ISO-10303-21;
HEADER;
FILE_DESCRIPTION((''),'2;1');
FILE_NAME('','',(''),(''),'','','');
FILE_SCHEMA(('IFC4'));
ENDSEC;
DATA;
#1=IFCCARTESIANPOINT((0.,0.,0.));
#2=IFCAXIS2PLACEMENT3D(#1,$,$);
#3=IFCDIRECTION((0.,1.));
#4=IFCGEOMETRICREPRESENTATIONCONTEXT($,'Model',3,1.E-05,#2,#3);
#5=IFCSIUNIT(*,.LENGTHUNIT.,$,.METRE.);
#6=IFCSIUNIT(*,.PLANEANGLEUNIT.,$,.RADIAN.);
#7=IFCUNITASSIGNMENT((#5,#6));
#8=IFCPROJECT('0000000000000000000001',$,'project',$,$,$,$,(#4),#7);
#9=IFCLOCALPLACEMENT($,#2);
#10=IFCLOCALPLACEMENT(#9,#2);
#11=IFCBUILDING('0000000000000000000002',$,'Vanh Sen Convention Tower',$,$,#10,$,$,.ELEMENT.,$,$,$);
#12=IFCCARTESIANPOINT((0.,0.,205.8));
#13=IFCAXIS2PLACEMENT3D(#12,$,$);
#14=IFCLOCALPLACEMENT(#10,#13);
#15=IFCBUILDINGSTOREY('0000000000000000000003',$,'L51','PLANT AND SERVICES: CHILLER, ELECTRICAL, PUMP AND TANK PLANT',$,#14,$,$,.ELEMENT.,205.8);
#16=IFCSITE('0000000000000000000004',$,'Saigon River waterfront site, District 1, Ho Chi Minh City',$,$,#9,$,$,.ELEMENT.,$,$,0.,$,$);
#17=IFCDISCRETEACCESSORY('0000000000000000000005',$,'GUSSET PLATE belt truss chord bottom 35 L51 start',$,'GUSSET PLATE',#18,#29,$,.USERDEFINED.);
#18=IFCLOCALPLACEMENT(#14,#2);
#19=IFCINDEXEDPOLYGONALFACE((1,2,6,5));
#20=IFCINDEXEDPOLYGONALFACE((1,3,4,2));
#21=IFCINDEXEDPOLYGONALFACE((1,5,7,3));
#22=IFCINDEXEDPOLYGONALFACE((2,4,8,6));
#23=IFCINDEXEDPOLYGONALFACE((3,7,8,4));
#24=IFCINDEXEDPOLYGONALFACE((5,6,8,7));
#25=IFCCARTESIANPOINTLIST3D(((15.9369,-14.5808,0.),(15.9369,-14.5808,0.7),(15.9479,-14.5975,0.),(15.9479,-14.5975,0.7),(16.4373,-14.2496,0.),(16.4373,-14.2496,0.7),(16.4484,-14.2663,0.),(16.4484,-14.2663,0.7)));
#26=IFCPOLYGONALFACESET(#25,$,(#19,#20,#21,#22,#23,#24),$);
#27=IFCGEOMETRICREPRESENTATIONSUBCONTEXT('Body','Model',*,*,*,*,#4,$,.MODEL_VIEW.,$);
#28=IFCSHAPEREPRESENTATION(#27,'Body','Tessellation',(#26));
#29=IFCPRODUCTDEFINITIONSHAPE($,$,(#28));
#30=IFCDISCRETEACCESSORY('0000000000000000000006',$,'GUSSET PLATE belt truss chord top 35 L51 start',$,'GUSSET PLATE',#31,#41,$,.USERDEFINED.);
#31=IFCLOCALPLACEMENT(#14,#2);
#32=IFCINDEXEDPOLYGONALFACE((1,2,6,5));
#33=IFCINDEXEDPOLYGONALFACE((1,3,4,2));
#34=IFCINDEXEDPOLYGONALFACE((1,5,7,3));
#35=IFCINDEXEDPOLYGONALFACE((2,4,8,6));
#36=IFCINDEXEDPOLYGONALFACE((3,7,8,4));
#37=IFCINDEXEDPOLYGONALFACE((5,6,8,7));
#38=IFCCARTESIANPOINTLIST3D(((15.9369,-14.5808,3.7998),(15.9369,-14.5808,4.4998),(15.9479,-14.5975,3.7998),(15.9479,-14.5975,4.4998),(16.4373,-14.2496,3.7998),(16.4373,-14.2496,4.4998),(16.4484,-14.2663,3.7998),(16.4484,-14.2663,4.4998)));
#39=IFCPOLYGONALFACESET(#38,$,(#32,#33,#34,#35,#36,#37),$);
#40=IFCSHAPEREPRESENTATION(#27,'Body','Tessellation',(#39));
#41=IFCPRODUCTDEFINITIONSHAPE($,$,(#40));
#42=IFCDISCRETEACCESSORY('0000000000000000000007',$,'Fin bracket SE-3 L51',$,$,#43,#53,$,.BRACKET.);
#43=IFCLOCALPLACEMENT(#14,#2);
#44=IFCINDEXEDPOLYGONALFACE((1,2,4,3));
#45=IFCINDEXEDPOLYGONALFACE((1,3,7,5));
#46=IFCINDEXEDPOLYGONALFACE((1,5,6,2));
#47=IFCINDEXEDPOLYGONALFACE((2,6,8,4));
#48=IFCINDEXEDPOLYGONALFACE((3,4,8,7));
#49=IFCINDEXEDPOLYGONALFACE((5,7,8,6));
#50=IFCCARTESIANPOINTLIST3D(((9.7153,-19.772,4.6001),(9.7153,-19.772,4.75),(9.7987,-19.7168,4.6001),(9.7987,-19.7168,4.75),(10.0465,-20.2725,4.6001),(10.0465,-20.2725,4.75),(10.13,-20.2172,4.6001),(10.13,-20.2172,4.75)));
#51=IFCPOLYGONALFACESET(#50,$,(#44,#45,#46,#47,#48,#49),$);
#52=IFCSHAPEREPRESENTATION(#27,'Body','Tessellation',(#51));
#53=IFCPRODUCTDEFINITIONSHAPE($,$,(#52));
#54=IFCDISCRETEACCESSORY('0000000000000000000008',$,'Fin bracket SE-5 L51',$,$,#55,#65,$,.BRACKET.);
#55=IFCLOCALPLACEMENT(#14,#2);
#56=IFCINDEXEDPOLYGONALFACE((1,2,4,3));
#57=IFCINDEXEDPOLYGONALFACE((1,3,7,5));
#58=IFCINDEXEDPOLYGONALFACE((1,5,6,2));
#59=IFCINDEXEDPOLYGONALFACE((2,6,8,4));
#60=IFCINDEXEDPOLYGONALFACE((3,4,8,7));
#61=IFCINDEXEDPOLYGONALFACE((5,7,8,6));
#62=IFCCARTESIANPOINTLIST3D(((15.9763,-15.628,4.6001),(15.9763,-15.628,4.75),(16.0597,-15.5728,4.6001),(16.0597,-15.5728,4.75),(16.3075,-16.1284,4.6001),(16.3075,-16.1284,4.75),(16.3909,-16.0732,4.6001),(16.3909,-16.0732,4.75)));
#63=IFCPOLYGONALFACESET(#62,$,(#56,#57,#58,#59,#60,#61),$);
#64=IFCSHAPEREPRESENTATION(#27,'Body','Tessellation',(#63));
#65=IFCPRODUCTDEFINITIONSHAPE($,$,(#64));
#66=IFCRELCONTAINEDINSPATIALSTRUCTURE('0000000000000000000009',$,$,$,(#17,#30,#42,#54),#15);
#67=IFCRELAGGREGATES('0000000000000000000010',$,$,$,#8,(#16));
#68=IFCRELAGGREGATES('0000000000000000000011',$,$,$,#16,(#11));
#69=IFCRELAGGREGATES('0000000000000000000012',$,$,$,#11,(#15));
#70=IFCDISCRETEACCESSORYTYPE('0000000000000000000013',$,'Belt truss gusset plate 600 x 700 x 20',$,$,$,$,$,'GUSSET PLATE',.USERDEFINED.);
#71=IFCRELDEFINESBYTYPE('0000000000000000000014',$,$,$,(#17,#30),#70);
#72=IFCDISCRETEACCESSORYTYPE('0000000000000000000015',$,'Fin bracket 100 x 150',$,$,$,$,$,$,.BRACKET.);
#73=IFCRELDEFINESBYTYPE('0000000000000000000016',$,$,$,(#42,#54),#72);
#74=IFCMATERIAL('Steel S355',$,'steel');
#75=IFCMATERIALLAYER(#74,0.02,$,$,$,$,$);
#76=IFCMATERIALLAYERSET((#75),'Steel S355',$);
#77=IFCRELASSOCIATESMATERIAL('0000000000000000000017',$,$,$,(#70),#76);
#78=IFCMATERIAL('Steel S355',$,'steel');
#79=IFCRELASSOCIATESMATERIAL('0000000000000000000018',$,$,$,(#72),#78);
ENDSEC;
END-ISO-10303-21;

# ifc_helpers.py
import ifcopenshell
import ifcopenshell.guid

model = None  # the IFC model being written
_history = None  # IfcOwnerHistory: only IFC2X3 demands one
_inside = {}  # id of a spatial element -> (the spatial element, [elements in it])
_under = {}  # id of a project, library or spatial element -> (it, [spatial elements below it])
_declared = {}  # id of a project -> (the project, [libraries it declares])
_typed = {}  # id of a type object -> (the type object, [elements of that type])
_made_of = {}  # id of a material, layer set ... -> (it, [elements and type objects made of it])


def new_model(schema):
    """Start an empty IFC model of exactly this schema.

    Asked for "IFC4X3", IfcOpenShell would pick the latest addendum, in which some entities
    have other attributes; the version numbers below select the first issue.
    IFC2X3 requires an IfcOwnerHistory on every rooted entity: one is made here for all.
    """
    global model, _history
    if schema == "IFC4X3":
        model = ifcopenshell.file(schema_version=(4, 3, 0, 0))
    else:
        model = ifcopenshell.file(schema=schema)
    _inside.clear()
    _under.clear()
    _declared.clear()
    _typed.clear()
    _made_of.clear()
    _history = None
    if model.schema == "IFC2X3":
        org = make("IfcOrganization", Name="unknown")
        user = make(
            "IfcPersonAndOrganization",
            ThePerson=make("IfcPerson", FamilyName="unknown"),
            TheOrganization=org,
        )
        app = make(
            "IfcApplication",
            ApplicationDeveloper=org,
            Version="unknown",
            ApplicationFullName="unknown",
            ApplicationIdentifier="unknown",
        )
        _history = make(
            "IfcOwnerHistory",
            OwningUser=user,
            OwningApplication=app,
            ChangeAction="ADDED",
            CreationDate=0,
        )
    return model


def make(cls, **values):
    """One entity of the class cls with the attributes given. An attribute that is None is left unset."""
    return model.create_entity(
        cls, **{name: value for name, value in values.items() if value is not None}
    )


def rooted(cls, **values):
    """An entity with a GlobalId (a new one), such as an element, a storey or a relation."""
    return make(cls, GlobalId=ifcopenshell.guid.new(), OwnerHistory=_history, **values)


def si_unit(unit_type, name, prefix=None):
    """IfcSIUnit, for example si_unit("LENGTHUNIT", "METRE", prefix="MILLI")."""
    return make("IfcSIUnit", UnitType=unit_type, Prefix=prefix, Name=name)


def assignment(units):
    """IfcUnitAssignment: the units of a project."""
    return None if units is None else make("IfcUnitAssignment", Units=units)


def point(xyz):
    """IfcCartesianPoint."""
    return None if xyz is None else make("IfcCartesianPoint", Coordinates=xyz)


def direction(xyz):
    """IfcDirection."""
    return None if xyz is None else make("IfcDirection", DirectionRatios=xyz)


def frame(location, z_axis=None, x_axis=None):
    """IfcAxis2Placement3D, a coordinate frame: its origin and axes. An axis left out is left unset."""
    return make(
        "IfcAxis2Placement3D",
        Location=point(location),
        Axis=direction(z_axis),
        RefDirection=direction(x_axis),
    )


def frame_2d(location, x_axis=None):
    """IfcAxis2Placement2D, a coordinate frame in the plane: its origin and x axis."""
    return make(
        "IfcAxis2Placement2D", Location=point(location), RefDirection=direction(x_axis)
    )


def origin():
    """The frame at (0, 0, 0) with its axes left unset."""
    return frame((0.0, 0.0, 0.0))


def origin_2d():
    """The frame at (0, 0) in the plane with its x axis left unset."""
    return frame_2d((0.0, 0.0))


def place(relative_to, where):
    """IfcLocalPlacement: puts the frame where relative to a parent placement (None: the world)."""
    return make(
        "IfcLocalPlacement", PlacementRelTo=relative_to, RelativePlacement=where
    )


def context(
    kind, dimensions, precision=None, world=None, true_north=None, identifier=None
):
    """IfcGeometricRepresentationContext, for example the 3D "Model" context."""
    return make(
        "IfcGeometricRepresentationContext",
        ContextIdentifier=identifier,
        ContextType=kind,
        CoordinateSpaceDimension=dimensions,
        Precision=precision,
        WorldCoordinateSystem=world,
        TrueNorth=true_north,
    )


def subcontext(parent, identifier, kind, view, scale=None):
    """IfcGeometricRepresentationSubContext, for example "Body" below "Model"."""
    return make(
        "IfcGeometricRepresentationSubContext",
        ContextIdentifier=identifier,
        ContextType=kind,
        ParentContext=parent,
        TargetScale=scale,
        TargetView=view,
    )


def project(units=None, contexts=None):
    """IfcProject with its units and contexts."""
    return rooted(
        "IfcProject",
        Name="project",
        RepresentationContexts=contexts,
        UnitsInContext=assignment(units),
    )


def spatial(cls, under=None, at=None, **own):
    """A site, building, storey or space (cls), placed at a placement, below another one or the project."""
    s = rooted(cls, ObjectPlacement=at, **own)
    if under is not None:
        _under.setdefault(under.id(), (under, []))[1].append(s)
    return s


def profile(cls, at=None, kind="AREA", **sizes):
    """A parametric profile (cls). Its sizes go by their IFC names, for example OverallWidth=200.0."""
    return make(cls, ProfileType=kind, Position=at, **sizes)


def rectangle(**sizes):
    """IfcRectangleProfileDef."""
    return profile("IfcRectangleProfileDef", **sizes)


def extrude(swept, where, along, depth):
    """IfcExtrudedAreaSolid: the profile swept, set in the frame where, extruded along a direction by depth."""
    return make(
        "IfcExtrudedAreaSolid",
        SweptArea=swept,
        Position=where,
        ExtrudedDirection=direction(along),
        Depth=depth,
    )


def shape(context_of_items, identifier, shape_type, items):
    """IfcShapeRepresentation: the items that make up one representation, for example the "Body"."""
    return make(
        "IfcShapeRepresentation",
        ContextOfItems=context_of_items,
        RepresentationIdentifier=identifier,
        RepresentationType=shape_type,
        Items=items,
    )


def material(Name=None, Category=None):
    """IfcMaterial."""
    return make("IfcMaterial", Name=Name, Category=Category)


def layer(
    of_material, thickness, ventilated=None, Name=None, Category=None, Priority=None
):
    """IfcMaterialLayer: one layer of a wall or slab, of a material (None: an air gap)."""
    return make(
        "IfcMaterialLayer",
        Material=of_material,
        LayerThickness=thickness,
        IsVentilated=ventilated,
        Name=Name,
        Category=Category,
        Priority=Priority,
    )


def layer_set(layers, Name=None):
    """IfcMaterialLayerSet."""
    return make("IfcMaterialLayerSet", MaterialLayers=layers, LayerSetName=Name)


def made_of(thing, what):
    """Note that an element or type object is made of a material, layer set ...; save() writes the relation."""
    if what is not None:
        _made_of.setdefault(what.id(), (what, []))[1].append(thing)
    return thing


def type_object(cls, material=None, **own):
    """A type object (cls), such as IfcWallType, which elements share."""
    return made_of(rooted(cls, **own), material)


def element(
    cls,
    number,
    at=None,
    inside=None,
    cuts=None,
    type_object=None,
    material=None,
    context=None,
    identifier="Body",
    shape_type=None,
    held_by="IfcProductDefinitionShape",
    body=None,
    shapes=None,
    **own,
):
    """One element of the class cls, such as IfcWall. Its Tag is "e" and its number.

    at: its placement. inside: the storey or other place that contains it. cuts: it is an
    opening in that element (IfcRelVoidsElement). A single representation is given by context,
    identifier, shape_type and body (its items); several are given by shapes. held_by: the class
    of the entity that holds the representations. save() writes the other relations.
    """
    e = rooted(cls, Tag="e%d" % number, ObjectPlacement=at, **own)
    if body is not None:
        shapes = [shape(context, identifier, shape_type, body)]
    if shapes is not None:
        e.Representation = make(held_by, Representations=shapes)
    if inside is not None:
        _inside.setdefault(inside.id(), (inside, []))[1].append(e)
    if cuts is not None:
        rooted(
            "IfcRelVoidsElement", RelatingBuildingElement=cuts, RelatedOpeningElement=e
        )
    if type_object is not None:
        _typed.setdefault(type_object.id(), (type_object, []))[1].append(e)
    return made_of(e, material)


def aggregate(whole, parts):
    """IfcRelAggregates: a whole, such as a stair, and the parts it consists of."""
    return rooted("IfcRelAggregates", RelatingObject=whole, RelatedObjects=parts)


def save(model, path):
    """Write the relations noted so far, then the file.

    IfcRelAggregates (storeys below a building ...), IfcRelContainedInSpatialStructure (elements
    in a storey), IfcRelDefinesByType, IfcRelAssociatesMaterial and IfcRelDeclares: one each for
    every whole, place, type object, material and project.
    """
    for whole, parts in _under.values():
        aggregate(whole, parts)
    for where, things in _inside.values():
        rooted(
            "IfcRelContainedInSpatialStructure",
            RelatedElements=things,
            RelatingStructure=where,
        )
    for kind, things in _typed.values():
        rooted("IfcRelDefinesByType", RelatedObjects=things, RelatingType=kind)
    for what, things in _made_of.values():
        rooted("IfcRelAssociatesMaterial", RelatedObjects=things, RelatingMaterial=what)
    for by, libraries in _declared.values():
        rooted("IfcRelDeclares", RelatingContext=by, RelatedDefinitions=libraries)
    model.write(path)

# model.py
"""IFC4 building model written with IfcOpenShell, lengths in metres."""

from ifc_helpers import new_model, si_unit, direction, frame, origin, origin_2d, place, context, subcontext, project, spatial, rectangle, extrude, material, layer, layer_set, type_object, element, save


model = new_model("IFC4")

# Units and contexts
model_context = context("Model", 3, precision=1e-05, world=origin(), true_north=direction((0.0, 1.0)))
body_context = subcontext(model_context, "Body", "Model", "MODEL_VIEW")
ifc_project = project(units=[si_unit("LENGTHUNIT", "METRE"), si_unit("PLANEANGLEUNIT", "RADIAN")], contexts=[model_context])

# Site, building, storey
site_placement = place(None, origin())
site = spatial("IfcSite", under=ifc_project, at=site_placement, Name="Saigon River waterfront site, District 1, Ho Chi Minh City", CompositionType="ELEMENT", RefElevation=0.0)
building_placement = place(site_placement, origin())
building = spatial("IfcBuilding", under=site, at=building_placement, Name="Vanh Sen Convention Tower", CompositionType="ELEMENT")
storey_placement = place(building_placement, frame((0.0, 0.0, 205.8)))
storey = spatial("IfcBuildingStorey", under=building, at=storey_placement, Name="L51", Description="PLANT AND SERVICES: CHILLER, ELECTRICAL, PUMP AND TANK PLANT", CompositionType="ELEMENT", Elevation=205.8)

# Shared definitions
ifc_material_1 = material(Name="Steel S355", Category="steel")

# Discrete accessories
ifc_layer_1 = layer(ifc_material_1, 0.02)
ifc_layer_set_1 = layer_set([ifc_layer_1], Name="Steel S355")
discrete_accessory_type_1 = type_object("IfcDiscreteAccessoryType", Name="Belt truss gusset plate 600 x 700 x 20", ElementType="GUSSET PLATE", PredefinedType="USERDEFINED", material=ifc_layer_set_1)
for number, where, z_axis, x_axis, name in (
    (1, (16.1926, -14.4236, 0.0), (0.0, 0.0, 1.0), (0.83389, 0.551931, 0.0), "GUSSET PLATE belt truss chord bottom 35 L51 start"),
    (2, (16.1926, -14.4236, 3.7998), (0.0, 0.0, 1.0), (0.83389, 0.551931, 0.0), "GUSSET PLATE belt truss chord top 35 L51 start"),
):
    element("IfcDiscreteAccessory", number, at=place(storey_placement, frame(where, z_axis=z_axis, x_axis=x_axis)), inside=storey, type_object=discrete_accessory_type_1, Name=name, ObjectType="GUSSET PLATE", PredefinedType="USERDEFINED", context=body_context, shape_type="SweptSolid", body=[
        extrude(rectangle(XDim=0.6001, YDim=0.02, at=origin_2d()), origin(), (0.0, 0.0, 1.0), 0.7),
    ])
ifc_material_2 = material(Name="Steel S355", Category="steel")
discrete_accessory_type_2 = type_object("IfcDiscreteAccessoryType", Name="Fin bracket 100 x 150", PredefinedType="BRACKET", material=ifc_material_2)
for number, where, z_axis, x_axis, name in (
    (3, (9.9226, -19.9946, 4.6001), (0.0, 0.0, 1.0), (0.551937, -0.833886, 0.0), "Fin bracket SE-3 L51"),
    (4, (16.1836, -15.8506, 4.6001), (0.0, 0.0, 1.0), (0.551937, -0.833886, 0.0), "Fin bracket SE-5 L51"),
):
    element("IfcDiscreteAccessory", number, at=place(storey_placement, frame(where, z_axis=z_axis, x_axis=x_axis)), inside=storey, type_object=discrete_accessory_type_2, Name=name, PredefinedType="BRACKET", context=body_context, shape_type="SweptSolid", body=[
        extrude(rectangle(XDim=0.6001, YDim=0.1001, at=origin_2d()), origin(), (0.0, 0.0, 1.0), 0.1499),
    ])

save(model, "model.ifc")
